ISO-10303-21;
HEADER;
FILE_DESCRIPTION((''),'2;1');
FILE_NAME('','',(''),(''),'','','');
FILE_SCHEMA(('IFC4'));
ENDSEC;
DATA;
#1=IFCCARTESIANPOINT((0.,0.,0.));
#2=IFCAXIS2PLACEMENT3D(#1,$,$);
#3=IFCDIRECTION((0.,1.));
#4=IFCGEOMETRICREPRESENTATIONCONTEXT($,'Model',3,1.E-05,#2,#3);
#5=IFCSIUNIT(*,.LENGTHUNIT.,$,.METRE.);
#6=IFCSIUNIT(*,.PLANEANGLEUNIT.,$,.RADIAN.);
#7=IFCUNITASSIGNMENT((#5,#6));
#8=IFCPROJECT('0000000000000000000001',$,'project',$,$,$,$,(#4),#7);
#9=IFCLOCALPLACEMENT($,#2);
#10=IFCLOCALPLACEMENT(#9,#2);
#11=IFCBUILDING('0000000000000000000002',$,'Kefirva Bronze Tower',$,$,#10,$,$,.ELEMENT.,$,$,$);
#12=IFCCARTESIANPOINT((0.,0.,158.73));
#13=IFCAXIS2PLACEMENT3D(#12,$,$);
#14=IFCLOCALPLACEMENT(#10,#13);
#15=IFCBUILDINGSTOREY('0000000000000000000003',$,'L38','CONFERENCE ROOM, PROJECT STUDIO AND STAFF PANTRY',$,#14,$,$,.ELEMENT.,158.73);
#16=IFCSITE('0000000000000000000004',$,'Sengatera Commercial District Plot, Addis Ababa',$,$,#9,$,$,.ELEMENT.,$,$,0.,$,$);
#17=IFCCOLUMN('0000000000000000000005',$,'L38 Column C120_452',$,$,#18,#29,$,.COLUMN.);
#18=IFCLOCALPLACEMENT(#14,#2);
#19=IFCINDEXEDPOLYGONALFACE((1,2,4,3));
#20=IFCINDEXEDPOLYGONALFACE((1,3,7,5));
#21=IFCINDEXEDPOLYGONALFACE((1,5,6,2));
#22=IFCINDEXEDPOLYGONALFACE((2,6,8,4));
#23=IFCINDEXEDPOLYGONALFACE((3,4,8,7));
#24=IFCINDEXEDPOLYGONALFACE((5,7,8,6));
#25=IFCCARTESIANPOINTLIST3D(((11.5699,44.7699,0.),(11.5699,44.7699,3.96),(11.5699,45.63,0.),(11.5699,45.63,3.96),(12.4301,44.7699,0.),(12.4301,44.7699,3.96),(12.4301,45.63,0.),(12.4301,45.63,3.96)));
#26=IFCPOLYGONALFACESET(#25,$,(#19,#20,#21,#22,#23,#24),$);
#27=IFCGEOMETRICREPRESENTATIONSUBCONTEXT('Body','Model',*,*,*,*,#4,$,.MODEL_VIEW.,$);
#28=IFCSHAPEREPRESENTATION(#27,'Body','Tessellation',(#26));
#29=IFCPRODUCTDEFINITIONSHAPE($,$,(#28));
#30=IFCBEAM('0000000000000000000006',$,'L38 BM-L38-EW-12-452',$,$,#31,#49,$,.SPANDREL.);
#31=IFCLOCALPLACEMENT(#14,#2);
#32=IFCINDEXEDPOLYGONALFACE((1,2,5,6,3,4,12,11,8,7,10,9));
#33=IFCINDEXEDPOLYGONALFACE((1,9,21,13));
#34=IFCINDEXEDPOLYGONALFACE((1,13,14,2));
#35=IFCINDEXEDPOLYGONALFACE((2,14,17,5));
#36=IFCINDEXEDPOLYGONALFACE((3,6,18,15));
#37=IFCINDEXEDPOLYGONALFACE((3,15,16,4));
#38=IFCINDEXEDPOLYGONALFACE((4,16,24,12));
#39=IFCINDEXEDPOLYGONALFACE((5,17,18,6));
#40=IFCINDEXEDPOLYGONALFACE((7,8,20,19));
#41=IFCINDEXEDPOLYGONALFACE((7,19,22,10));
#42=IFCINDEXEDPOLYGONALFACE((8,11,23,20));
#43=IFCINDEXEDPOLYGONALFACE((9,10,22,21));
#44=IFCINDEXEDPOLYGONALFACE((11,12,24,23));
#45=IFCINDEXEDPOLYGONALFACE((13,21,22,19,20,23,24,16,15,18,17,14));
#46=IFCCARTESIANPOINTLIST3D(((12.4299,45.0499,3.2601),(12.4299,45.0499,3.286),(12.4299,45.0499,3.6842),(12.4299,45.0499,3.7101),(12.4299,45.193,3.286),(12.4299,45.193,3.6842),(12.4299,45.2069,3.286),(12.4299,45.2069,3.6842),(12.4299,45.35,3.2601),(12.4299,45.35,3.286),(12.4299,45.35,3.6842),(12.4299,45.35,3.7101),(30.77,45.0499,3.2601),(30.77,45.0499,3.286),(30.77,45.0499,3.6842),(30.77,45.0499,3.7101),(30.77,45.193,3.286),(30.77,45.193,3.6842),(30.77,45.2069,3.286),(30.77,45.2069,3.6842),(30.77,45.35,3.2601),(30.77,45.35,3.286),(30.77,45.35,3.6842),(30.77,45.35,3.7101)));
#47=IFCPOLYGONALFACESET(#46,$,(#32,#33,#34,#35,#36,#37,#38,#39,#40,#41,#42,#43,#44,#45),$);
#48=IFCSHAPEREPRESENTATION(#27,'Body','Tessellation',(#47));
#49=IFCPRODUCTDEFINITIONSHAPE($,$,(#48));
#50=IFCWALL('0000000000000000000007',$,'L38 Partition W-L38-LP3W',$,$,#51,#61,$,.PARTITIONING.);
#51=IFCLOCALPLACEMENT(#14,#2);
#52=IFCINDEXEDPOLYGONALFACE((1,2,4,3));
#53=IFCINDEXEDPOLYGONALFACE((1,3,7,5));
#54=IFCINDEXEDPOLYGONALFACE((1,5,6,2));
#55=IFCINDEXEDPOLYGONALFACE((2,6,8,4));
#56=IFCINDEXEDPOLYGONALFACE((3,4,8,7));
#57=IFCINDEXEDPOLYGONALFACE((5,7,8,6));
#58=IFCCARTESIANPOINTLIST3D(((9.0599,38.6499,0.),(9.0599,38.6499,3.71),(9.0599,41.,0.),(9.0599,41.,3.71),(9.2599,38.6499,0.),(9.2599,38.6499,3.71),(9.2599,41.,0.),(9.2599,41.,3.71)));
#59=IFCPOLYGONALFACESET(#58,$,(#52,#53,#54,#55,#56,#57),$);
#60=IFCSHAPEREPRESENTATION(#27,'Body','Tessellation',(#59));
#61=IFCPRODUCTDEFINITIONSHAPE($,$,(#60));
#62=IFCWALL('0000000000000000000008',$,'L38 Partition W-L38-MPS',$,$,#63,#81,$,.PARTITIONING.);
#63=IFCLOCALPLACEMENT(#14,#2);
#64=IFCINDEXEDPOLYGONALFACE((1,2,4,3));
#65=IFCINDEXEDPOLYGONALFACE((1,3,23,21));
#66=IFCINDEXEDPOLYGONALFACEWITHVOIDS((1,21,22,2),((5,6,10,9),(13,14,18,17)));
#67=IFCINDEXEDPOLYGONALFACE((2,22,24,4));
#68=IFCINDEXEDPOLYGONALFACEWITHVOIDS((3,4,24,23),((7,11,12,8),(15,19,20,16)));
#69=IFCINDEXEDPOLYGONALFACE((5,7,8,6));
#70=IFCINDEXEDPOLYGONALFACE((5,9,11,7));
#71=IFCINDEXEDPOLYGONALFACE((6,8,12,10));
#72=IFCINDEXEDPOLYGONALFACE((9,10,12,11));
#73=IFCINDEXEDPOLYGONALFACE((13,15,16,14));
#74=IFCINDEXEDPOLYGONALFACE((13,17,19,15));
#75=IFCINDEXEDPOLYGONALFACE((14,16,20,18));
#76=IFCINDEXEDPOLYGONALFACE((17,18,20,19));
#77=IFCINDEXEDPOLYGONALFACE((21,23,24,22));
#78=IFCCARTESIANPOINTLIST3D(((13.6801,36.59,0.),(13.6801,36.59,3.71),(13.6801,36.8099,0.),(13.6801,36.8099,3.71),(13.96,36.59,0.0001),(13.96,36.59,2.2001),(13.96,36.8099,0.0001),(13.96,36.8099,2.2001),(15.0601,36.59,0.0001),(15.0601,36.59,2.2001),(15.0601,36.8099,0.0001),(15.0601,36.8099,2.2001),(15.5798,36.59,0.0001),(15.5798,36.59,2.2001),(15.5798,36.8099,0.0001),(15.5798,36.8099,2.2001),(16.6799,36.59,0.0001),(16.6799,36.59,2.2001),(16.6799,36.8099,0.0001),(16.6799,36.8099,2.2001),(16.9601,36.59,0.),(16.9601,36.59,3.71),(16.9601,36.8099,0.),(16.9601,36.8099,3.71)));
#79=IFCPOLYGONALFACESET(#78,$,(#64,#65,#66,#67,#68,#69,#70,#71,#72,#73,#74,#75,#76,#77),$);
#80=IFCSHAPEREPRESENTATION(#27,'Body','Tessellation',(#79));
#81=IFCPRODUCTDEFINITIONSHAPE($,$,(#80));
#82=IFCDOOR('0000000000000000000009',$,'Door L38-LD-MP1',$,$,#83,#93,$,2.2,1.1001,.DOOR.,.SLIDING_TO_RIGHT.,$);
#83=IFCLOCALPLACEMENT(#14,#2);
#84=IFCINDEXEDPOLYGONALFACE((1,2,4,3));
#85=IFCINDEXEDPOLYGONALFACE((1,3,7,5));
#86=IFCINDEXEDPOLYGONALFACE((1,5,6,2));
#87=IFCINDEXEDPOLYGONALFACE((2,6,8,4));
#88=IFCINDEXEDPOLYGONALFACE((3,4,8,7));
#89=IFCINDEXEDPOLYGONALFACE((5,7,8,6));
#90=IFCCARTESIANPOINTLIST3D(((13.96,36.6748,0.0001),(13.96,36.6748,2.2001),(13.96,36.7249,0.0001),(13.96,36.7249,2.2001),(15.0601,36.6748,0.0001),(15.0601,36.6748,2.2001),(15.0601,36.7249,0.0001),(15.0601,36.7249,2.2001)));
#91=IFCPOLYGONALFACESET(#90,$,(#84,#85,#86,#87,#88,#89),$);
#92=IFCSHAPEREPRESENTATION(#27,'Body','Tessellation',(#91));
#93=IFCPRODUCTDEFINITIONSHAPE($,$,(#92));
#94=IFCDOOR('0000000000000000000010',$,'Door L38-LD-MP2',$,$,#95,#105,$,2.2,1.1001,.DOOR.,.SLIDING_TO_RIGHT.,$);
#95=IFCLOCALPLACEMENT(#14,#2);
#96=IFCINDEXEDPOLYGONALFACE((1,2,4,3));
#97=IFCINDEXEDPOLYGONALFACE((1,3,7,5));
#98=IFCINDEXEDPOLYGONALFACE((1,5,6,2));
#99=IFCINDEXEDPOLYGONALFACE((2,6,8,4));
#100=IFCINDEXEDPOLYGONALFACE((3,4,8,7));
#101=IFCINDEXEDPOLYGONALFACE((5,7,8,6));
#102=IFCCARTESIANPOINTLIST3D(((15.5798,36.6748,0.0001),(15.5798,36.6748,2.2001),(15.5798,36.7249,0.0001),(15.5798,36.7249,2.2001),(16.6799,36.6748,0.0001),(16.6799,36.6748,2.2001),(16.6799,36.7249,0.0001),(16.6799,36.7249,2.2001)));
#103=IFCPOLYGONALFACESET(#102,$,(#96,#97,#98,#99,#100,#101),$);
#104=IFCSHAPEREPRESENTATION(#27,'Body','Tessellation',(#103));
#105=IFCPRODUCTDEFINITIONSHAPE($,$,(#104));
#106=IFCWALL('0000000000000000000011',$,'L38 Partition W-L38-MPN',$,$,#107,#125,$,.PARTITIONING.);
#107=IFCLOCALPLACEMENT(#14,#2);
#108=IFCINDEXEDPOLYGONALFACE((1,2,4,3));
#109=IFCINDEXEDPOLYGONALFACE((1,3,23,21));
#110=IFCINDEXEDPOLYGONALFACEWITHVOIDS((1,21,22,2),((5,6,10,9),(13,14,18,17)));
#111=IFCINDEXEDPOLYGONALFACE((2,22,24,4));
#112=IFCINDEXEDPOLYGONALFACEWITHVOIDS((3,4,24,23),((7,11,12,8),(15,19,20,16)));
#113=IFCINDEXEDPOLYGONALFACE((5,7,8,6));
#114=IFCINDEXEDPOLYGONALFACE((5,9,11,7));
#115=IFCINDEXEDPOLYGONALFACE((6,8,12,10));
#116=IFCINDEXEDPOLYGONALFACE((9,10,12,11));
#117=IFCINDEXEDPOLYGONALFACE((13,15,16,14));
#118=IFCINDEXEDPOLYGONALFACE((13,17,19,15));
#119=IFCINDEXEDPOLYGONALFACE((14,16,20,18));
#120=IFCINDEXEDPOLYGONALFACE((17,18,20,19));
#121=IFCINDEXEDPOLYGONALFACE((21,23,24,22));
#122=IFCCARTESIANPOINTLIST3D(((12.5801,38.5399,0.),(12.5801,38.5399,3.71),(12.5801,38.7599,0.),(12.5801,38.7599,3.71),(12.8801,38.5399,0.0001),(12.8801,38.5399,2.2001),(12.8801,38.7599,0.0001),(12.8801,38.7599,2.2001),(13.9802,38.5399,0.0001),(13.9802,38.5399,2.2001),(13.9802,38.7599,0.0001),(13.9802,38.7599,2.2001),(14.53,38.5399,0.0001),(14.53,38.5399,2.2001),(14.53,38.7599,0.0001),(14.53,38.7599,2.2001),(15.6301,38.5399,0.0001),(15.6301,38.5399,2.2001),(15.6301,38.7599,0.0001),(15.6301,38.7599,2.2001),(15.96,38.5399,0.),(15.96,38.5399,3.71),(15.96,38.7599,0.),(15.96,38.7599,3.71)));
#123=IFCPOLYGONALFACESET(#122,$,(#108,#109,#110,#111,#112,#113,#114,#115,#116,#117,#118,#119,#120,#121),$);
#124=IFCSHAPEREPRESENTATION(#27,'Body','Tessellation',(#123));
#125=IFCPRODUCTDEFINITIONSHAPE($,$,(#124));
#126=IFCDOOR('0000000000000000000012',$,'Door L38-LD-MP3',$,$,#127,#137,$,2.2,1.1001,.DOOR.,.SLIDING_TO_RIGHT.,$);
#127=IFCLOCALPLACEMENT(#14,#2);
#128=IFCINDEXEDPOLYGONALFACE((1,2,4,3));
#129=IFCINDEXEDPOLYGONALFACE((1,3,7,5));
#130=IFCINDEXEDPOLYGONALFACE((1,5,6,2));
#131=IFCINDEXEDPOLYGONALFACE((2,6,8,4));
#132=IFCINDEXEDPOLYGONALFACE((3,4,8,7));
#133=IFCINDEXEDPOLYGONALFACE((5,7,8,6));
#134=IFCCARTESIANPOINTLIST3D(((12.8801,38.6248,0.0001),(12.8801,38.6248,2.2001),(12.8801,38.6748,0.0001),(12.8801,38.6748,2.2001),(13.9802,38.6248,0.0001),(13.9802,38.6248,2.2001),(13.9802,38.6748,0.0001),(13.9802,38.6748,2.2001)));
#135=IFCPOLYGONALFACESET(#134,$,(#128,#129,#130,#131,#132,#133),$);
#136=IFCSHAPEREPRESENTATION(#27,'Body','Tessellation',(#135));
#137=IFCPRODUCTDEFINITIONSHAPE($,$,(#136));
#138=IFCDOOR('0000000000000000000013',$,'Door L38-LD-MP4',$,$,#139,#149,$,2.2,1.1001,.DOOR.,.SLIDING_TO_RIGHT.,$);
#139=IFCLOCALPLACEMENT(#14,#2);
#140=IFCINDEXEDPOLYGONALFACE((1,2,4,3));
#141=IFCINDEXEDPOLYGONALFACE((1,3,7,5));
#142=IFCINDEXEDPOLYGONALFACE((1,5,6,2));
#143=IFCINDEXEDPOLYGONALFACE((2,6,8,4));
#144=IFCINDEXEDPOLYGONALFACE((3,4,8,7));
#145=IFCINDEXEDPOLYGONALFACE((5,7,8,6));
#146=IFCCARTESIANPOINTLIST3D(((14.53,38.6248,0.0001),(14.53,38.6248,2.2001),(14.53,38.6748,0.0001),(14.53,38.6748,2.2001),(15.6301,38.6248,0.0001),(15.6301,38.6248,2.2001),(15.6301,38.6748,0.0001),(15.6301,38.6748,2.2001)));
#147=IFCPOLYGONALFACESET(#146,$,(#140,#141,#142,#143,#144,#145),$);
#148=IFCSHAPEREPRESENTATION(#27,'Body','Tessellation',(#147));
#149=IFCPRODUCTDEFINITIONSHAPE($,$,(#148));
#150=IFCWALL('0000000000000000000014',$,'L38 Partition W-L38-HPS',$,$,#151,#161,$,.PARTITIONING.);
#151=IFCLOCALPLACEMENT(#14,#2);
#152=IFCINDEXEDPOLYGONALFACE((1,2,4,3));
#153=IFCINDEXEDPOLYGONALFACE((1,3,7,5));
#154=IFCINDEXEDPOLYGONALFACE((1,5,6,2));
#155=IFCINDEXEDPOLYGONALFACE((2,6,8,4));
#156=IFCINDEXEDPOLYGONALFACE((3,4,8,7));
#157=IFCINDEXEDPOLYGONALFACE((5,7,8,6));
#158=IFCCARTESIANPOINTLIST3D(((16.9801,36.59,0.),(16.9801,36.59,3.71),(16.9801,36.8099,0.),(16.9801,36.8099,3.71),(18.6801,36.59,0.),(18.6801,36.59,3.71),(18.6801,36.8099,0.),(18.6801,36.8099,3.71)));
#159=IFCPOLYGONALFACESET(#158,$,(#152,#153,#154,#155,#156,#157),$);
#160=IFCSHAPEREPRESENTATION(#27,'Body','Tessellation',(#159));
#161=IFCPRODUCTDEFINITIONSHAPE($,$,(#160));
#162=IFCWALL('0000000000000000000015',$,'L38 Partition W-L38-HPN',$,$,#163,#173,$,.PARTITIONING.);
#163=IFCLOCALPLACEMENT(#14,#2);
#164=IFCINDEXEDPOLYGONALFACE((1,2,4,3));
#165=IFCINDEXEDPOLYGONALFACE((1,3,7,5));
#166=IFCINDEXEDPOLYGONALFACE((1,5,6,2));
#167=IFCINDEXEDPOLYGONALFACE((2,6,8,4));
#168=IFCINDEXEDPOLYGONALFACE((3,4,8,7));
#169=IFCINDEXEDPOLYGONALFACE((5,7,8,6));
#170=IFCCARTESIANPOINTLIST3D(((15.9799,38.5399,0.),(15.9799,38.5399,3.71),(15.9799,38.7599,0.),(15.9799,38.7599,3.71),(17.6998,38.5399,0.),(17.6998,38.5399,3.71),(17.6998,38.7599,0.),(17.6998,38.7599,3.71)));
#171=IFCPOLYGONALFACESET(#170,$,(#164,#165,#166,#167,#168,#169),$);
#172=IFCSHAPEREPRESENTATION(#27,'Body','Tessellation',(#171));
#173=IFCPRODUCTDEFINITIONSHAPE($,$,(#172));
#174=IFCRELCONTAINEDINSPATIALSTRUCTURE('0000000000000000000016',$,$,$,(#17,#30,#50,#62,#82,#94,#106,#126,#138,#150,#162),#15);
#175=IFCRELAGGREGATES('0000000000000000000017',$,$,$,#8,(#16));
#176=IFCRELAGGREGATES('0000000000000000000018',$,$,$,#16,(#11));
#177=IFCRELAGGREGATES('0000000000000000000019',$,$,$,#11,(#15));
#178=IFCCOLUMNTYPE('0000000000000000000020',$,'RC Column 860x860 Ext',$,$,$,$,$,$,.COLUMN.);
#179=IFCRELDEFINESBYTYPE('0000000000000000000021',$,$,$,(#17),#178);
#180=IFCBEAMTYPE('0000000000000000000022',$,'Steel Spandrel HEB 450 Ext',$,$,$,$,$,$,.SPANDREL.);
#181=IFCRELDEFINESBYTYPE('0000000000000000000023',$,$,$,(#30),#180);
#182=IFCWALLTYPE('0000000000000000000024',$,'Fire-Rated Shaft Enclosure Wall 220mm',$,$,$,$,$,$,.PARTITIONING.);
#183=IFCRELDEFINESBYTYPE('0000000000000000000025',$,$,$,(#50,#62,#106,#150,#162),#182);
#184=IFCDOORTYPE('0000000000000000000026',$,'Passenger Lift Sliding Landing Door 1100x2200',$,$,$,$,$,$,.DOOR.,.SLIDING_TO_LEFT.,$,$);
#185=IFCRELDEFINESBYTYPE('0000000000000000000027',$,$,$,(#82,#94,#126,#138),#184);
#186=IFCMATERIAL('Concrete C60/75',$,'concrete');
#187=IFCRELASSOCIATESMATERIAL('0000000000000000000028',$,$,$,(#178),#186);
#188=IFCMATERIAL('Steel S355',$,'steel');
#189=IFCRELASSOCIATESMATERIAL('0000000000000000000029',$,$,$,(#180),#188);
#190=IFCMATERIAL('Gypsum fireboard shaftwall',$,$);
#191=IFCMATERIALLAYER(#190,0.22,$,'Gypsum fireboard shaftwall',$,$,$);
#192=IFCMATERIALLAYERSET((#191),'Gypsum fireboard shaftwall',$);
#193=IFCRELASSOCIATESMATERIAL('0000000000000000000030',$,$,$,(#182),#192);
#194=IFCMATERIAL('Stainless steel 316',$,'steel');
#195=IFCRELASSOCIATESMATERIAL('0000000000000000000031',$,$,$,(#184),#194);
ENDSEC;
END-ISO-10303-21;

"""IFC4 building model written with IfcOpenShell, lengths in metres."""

from ifc_helpers import new_model, si_unit, direction, frame, frame_2d, origin, origin_2d, place, context, subcontext, project, spatial, rectangle, i_section, extrude, material, layer, layer_set, material_profile, profile_set, type_object, element, fill, save


model = new_model("IFC4")

# Units and contexts
model_context = context("Model", 3, precision=1e-05, world=origin(), true_north=direction((0.0, 1.0)))
body_context = subcontext(model_context, "Body", "Model", "MODEL_VIEW")
ifc_project = project(units=[si_unit("LENGTHUNIT", "METRE"), si_unit("PLANEANGLEUNIT", "RADIAN")], contexts=[model_context])

# Site, building, storey
site_placement = place(None, origin())
site = spatial("IfcSite", under=ifc_project, at=site_placement, Name="Sengatera Commercial District Plot, Addis Ababa", CompositionType="ELEMENT", RefElevation=0.0)
building_placement = place(site_placement, origin())
building = spatial("IfcBuilding", under=site, at=building_placement, Name="Kefirva Bronze Tower", CompositionType="ELEMENT")
storey_placement = place(building_placement, frame((0.0, 0.0, 158.73)))
storey = spatial("IfcBuildingStorey", under=building, at=storey_placement, Name="L38", Description="CONFERENCE ROOM, PROJECT STUDIO AND STAFF PANTRY", CompositionType="ELEMENT", Elevation=158.73)

# Column
ifc_material_1 = material(Name="Concrete C60/75", Category="concrete")
ifc_material_profile_1 = material_profile(ifc_material_1, rectangle(XDim=0.8601, YDim=0.8601, at=origin_2d()), Name="RC 860x860")
ifc_profile_set_1 = profile_set([ifc_material_profile_1], Name="Concrete C60/75")
column_type = type_object("IfcColumnType", Name="RC Column 860x860 Ext", PredefinedType="COLUMN", material=ifc_profile_set_1)
column_placement = place(storey_placement, frame((12.0, 45.2, 0.0), z_axis=(0.0, 0.0, 1.0), x_axis=(1.0, 0.0, 0.0)))
element("IfcColumn", 1, at=column_placement, inside=storey, type_object=column_type, Name="L38 Column C120_452", PredefinedType="COLUMN", context=body_context, shape_type="SweptSolid", body=[
    extrude(rectangle(XDim=0.8601, YDim=0.8601, at=origin_2d()), origin(), (0.0, 0.0, 1.0), 3.96),
])

# Beam
ifc_material_2 = material(Name="Steel S355", Category="steel")
ifc_material_profile_2 = material_profile(ifc_material_2, i_section(OverallWidth=0.3, OverallDepth=0.45, WebThickness=0.0139, FlangeThickness=0.0259, at=origin_2d()), Name="HEB 450")
ifc_profile_set_2 = profile_set([ifc_material_profile_2], Name="Steel S355")
beam_type = type_object("IfcBeamType", Name="Steel Spandrel HEB 450 Ext", PredefinedType="SPANDREL", material=ifc_profile_set_2)
beam_placement = place(storey_placement, frame((12.4299, 45.2, 3.4851), z_axis=(1.0, 0.0, 0.0), x_axis=(0.0, 1.0, 0.0)))
element("IfcBeam", 2, at=beam_placement, inside=storey, type_object=beam_type, Name="L38 BM-L38-EW-12-452", PredefinedType="SPANDREL", context=body_context, shape_type="SweptSolid", body=[
    extrude(i_section(OverallWidth=0.3, OverallDepth=0.45, WebThickness=0.0139, FlangeThickness=0.0259, at=origin_2d()), origin(), (0.0, 0.0, 1.0), 18.3401),
])

# Wall
ifc_material_3 = material(Name="Gypsum fireboard shaftwall")
ifc_layer_1 = layer(ifc_material_3, 0.22, Name="Gypsum fireboard shaftwall")
ifc_layer_set_1 = layer_set([ifc_layer_1], Name="Gypsum fireboard shaftwall")
wall_type_1 = type_object("IfcWallType", Name="Fire-Rated Shaft Enclosure Wall 220mm", PredefinedType="PARTITIONING", material=ifc_layer_set_1)
wall_1_placement = place(storey_placement, frame((9.1599, 38.6499, 0.0), z_axis=(0.0, 0.0, 1.0), x_axis=(0.0, 1.0, 0.0)))
element("IfcWall", 3, at=wall_1_placement, inside=storey, type_object=wall_type_1, Name="L38 Partition W-L38-LP3W", PredefinedType="PARTITIONING", context=body_context, shape_type="SweptSolid", body=[
    extrude(rectangle(XDim=2.3501, YDim=0.2, at=frame_2d((1.175, 0.0))), origin(), (0.0, 0.0, 1.0), 3.71),
])

# Walls, openings, doors
wall_2_placement = place(storey_placement, frame((13.6799, 36.7, 0.0), z_axis=(0.0, 0.0, 1.0), x_axis=(1.0, 0.0, 0.0)))
wall_2 = element("IfcWall", 4, at=wall_2_placement, inside=storey, type_object=wall_type_1, Name="L38 Partition W-L38-MPS", PredefinedType="PARTITIONING", context=body_context, shape_type="SweptSolid", body=[
    extrude(rectangle(XDim=3.28, YDim=0.22, at=frame_2d((1.6401, 0.0))), origin(), (0.0, 0.0, 1.0), 3.71),
])
opening_1_placement = place(wall_2_placement, frame((0.28, 0.0, 0.0)))
opening_1 = element("IfcOpeningElement", 5, at=opening_1_placement, cuts=wall_2, PredefinedType="OPENING", context=body_context, shape_type="SweptSolid", body=[
    extrude(rectangle(XDim=1.1001, YDim=2.2, at=frame_2d((0.55, 1.1001))), frame((0.0, 0.1201, 0.0), z_axis=(0.0, -1.0, 0.0), x_axis=(1.0, 0.0, 0.0)), (0.0, 0.0, 1.0), 0.24),
])
opening_2_placement = place(wall_2_placement, frame((1.8999, 0.0, 0.0)))
opening_2 = element("IfcOpeningElement", 6, at=opening_2_placement, cuts=wall_2, PredefinedType="OPENING", context=body_context, shape_type="SweptSolid", body=[
    extrude(rectangle(XDim=1.1001, YDim=2.2, at=frame_2d((0.55, 1.1001))), frame((0.0, 0.1201, 0.0), z_axis=(0.0, -1.0, 0.0), x_axis=(1.0, 0.0, 0.0)), (0.0, 0.0, 1.0), 0.24),
])
ifc_material_4 = material(Name="Stainless steel 316", Category="steel")
door_type_1 = type_object("IfcDoorType", Name="Passenger Lift Sliding Landing Door 1100x2200", OperationType="SLIDING_TO_LEFT", PredefinedType="DOOR", material=ifc_material_4)
door_1_placement = place(opening_1_placement, origin())
door_1 = element("IfcDoor", 7, at=door_1_placement, inside=storey, type_object=door_type_1, Name="Door L38-LD-MP1", OperationType="SLIDING_TO_RIGHT", OverallHeight=2.2, OverallWidth=1.1001, PredefinedType="DOOR", context=body_context, shape_type="SweptSolid", body=[
    extrude(rectangle(XDim=1.1001, YDim=2.2, at=frame_2d((0.55, 1.1001))), frame((0.0, 0.0249, 0.0), z_axis=(0.0, -1.0, 0.0), x_axis=(1.0, 0.0, 0.0)), (0.0, 0.0, 1.0), 0.05),
])
fill(opening_1, door_1)
door_2_placement = place(opening_2_placement, origin())
door_2 = element("IfcDoor", 8, at=door_2_placement, inside=storey, type_object=door_type_1, Name="Door L38-LD-MP2", OperationType="SLIDING_TO_RIGHT", OverallHeight=2.2, OverallWidth=1.1001, PredefinedType="DOOR", context=body_context, shape_type="SweptSolid", body=[
    extrude(rectangle(XDim=1.1001, YDim=2.2, at=frame_2d((0.55, 1.1001))), frame((0.0, 0.0249, 0.0), z_axis=(0.0, -1.0, 0.0), x_axis=(1.0, 0.0, 0.0)), (0.0, 0.0, 1.0), 0.05),
])
fill(opening_2, door_2)
wall_3_placement = place(storey_placement, frame((12.5801, 38.6499, 0.0), z_axis=(0.0, 0.0, 1.0), x_axis=(1.0, 0.0, 0.0)))
wall_3 = element("IfcWall", 9, at=wall_3_placement, inside=storey, type_object=wall_type_1, Name="L38 Partition W-L38-MPN", PredefinedType="PARTITIONING", context=body_context, shape_type="SweptSolid", body=[
    extrude(rectangle(XDim=3.3799, YDim=0.22, at=frame_2d((1.6899, 0.0))), origin(), (0.0, 0.0, 1.0), 3.71),
])
opening_3_placement = place(wall_3_placement, frame((0.3, 0.0, 0.0)))
opening_3 = element("IfcOpeningElement", 10, at=opening_3_placement, cuts=wall_3, PredefinedType="OPENING", context=body_context, shape_type="SweptSolid", body=[
    extrude(rectangle(XDim=1.1001, YDim=2.2, at=frame_2d((0.55, 1.1001))), frame((0.0, 0.1201, 0.0), z_axis=(0.0, -1.0, 0.0), x_axis=(1.0, 0.0, 0.0)), (0.0, 0.0, 1.0), 0.24),
])
opening_4_placement = place(wall_3_placement, frame((1.95, 0.0, 0.0)))
opening_4 = element("IfcOpeningElement", 11, at=opening_4_placement, cuts=wall_3, PredefinedType="OPENING", context=body_context, shape_type="SweptSolid", body=[
    extrude(rectangle(XDim=1.1001, YDim=2.2, at=frame_2d((0.55, 1.1001))), frame((0.0, 0.1201, 0.0), z_axis=(0.0, -1.0, 0.0), x_axis=(1.0, 0.0, 0.0)), (0.0, 0.0, 1.0), 0.24),
])
door_3_placement = place(opening_3_placement, origin())
door_3 = element("IfcDoor", 12, at=door_3_placement, inside=storey, type_object=door_type_1, Name="Door L38-LD-MP3", OperationType="SLIDING_TO_RIGHT", OverallHeight=2.2, OverallWidth=1.1001, PredefinedType="DOOR", context=body_context, shape_type="SweptSolid", body=[
    extrude(rectangle(XDim=1.1001, YDim=2.2, at=frame_2d((0.55, 1.1001))), frame((0.0, 0.0249, 0.0), z_axis=(0.0, -1.0, 0.0), x_axis=(1.0, 0.0, 0.0)), (0.0, 0.0, 1.0), 0.05),
])
fill(opening_3, door_3)
door_4_placement = place(opening_4_placement, origin())
door_4 = element("IfcDoor", 13, at=door_4_placement, inside=storey, type_object=door_type_1, Name="Door L38-LD-MP4", OperationType="SLIDING_TO_RIGHT", OverallHeight=2.2, OverallWidth=1.1001, PredefinedType="DOOR", context=body_context, shape_type="SweptSolid", body=[
    extrude(rectangle(XDim=1.1001, YDim=2.2, at=frame_2d((0.55, 1.1001))), frame((0.0, 0.0249, 0.0), z_axis=(0.0, -1.0, 0.0), x_axis=(1.0, 0.0, 0.0)), (0.0, 0.0, 1.0), 0.05),
])
fill(opening_4, door_4)

# Walls
wall_4_placement = place(storey_placement, frame((16.98, 36.7, 0.0), z_axis=(0.0, 0.0, 1.0), x_axis=(1.0, 0.0, 0.0)))
element("IfcWall", 14, at=wall_4_placement, inside=storey, type_object=wall_type_1, Name="L38 Partition W-L38-HPS", PredefinedType="PARTITIONING", context=body_context, shape_type="SweptSolid", body=[
    extrude(rectangle(XDim=1.7, YDim=0.22, at=frame_2d((0.8501, 0.0))), origin(), (0.0, 0.0, 1.0), 3.71),
])
wall_5_placement = place(storey_placement, frame((15.98, 38.6499, 0.0), z_axis=(0.0, 0.0, 1.0), x_axis=(1.0, 0.0, 0.0)))
element("IfcWall", 15, at=wall_5_placement, inside=storey, type_object=wall_type_1, Name="L38 Partition W-L38-HPN", PredefinedType="PARTITIONING", context=body_context, shape_type="SweptSolid", body=[
    extrude(rectangle(XDim=1.72, YDim=0.22, at=frame_2d((0.8599, 0.0))), origin(), (0.0, 0.0, 1.0), 3.71),
])

save(model, "model.ifc")
